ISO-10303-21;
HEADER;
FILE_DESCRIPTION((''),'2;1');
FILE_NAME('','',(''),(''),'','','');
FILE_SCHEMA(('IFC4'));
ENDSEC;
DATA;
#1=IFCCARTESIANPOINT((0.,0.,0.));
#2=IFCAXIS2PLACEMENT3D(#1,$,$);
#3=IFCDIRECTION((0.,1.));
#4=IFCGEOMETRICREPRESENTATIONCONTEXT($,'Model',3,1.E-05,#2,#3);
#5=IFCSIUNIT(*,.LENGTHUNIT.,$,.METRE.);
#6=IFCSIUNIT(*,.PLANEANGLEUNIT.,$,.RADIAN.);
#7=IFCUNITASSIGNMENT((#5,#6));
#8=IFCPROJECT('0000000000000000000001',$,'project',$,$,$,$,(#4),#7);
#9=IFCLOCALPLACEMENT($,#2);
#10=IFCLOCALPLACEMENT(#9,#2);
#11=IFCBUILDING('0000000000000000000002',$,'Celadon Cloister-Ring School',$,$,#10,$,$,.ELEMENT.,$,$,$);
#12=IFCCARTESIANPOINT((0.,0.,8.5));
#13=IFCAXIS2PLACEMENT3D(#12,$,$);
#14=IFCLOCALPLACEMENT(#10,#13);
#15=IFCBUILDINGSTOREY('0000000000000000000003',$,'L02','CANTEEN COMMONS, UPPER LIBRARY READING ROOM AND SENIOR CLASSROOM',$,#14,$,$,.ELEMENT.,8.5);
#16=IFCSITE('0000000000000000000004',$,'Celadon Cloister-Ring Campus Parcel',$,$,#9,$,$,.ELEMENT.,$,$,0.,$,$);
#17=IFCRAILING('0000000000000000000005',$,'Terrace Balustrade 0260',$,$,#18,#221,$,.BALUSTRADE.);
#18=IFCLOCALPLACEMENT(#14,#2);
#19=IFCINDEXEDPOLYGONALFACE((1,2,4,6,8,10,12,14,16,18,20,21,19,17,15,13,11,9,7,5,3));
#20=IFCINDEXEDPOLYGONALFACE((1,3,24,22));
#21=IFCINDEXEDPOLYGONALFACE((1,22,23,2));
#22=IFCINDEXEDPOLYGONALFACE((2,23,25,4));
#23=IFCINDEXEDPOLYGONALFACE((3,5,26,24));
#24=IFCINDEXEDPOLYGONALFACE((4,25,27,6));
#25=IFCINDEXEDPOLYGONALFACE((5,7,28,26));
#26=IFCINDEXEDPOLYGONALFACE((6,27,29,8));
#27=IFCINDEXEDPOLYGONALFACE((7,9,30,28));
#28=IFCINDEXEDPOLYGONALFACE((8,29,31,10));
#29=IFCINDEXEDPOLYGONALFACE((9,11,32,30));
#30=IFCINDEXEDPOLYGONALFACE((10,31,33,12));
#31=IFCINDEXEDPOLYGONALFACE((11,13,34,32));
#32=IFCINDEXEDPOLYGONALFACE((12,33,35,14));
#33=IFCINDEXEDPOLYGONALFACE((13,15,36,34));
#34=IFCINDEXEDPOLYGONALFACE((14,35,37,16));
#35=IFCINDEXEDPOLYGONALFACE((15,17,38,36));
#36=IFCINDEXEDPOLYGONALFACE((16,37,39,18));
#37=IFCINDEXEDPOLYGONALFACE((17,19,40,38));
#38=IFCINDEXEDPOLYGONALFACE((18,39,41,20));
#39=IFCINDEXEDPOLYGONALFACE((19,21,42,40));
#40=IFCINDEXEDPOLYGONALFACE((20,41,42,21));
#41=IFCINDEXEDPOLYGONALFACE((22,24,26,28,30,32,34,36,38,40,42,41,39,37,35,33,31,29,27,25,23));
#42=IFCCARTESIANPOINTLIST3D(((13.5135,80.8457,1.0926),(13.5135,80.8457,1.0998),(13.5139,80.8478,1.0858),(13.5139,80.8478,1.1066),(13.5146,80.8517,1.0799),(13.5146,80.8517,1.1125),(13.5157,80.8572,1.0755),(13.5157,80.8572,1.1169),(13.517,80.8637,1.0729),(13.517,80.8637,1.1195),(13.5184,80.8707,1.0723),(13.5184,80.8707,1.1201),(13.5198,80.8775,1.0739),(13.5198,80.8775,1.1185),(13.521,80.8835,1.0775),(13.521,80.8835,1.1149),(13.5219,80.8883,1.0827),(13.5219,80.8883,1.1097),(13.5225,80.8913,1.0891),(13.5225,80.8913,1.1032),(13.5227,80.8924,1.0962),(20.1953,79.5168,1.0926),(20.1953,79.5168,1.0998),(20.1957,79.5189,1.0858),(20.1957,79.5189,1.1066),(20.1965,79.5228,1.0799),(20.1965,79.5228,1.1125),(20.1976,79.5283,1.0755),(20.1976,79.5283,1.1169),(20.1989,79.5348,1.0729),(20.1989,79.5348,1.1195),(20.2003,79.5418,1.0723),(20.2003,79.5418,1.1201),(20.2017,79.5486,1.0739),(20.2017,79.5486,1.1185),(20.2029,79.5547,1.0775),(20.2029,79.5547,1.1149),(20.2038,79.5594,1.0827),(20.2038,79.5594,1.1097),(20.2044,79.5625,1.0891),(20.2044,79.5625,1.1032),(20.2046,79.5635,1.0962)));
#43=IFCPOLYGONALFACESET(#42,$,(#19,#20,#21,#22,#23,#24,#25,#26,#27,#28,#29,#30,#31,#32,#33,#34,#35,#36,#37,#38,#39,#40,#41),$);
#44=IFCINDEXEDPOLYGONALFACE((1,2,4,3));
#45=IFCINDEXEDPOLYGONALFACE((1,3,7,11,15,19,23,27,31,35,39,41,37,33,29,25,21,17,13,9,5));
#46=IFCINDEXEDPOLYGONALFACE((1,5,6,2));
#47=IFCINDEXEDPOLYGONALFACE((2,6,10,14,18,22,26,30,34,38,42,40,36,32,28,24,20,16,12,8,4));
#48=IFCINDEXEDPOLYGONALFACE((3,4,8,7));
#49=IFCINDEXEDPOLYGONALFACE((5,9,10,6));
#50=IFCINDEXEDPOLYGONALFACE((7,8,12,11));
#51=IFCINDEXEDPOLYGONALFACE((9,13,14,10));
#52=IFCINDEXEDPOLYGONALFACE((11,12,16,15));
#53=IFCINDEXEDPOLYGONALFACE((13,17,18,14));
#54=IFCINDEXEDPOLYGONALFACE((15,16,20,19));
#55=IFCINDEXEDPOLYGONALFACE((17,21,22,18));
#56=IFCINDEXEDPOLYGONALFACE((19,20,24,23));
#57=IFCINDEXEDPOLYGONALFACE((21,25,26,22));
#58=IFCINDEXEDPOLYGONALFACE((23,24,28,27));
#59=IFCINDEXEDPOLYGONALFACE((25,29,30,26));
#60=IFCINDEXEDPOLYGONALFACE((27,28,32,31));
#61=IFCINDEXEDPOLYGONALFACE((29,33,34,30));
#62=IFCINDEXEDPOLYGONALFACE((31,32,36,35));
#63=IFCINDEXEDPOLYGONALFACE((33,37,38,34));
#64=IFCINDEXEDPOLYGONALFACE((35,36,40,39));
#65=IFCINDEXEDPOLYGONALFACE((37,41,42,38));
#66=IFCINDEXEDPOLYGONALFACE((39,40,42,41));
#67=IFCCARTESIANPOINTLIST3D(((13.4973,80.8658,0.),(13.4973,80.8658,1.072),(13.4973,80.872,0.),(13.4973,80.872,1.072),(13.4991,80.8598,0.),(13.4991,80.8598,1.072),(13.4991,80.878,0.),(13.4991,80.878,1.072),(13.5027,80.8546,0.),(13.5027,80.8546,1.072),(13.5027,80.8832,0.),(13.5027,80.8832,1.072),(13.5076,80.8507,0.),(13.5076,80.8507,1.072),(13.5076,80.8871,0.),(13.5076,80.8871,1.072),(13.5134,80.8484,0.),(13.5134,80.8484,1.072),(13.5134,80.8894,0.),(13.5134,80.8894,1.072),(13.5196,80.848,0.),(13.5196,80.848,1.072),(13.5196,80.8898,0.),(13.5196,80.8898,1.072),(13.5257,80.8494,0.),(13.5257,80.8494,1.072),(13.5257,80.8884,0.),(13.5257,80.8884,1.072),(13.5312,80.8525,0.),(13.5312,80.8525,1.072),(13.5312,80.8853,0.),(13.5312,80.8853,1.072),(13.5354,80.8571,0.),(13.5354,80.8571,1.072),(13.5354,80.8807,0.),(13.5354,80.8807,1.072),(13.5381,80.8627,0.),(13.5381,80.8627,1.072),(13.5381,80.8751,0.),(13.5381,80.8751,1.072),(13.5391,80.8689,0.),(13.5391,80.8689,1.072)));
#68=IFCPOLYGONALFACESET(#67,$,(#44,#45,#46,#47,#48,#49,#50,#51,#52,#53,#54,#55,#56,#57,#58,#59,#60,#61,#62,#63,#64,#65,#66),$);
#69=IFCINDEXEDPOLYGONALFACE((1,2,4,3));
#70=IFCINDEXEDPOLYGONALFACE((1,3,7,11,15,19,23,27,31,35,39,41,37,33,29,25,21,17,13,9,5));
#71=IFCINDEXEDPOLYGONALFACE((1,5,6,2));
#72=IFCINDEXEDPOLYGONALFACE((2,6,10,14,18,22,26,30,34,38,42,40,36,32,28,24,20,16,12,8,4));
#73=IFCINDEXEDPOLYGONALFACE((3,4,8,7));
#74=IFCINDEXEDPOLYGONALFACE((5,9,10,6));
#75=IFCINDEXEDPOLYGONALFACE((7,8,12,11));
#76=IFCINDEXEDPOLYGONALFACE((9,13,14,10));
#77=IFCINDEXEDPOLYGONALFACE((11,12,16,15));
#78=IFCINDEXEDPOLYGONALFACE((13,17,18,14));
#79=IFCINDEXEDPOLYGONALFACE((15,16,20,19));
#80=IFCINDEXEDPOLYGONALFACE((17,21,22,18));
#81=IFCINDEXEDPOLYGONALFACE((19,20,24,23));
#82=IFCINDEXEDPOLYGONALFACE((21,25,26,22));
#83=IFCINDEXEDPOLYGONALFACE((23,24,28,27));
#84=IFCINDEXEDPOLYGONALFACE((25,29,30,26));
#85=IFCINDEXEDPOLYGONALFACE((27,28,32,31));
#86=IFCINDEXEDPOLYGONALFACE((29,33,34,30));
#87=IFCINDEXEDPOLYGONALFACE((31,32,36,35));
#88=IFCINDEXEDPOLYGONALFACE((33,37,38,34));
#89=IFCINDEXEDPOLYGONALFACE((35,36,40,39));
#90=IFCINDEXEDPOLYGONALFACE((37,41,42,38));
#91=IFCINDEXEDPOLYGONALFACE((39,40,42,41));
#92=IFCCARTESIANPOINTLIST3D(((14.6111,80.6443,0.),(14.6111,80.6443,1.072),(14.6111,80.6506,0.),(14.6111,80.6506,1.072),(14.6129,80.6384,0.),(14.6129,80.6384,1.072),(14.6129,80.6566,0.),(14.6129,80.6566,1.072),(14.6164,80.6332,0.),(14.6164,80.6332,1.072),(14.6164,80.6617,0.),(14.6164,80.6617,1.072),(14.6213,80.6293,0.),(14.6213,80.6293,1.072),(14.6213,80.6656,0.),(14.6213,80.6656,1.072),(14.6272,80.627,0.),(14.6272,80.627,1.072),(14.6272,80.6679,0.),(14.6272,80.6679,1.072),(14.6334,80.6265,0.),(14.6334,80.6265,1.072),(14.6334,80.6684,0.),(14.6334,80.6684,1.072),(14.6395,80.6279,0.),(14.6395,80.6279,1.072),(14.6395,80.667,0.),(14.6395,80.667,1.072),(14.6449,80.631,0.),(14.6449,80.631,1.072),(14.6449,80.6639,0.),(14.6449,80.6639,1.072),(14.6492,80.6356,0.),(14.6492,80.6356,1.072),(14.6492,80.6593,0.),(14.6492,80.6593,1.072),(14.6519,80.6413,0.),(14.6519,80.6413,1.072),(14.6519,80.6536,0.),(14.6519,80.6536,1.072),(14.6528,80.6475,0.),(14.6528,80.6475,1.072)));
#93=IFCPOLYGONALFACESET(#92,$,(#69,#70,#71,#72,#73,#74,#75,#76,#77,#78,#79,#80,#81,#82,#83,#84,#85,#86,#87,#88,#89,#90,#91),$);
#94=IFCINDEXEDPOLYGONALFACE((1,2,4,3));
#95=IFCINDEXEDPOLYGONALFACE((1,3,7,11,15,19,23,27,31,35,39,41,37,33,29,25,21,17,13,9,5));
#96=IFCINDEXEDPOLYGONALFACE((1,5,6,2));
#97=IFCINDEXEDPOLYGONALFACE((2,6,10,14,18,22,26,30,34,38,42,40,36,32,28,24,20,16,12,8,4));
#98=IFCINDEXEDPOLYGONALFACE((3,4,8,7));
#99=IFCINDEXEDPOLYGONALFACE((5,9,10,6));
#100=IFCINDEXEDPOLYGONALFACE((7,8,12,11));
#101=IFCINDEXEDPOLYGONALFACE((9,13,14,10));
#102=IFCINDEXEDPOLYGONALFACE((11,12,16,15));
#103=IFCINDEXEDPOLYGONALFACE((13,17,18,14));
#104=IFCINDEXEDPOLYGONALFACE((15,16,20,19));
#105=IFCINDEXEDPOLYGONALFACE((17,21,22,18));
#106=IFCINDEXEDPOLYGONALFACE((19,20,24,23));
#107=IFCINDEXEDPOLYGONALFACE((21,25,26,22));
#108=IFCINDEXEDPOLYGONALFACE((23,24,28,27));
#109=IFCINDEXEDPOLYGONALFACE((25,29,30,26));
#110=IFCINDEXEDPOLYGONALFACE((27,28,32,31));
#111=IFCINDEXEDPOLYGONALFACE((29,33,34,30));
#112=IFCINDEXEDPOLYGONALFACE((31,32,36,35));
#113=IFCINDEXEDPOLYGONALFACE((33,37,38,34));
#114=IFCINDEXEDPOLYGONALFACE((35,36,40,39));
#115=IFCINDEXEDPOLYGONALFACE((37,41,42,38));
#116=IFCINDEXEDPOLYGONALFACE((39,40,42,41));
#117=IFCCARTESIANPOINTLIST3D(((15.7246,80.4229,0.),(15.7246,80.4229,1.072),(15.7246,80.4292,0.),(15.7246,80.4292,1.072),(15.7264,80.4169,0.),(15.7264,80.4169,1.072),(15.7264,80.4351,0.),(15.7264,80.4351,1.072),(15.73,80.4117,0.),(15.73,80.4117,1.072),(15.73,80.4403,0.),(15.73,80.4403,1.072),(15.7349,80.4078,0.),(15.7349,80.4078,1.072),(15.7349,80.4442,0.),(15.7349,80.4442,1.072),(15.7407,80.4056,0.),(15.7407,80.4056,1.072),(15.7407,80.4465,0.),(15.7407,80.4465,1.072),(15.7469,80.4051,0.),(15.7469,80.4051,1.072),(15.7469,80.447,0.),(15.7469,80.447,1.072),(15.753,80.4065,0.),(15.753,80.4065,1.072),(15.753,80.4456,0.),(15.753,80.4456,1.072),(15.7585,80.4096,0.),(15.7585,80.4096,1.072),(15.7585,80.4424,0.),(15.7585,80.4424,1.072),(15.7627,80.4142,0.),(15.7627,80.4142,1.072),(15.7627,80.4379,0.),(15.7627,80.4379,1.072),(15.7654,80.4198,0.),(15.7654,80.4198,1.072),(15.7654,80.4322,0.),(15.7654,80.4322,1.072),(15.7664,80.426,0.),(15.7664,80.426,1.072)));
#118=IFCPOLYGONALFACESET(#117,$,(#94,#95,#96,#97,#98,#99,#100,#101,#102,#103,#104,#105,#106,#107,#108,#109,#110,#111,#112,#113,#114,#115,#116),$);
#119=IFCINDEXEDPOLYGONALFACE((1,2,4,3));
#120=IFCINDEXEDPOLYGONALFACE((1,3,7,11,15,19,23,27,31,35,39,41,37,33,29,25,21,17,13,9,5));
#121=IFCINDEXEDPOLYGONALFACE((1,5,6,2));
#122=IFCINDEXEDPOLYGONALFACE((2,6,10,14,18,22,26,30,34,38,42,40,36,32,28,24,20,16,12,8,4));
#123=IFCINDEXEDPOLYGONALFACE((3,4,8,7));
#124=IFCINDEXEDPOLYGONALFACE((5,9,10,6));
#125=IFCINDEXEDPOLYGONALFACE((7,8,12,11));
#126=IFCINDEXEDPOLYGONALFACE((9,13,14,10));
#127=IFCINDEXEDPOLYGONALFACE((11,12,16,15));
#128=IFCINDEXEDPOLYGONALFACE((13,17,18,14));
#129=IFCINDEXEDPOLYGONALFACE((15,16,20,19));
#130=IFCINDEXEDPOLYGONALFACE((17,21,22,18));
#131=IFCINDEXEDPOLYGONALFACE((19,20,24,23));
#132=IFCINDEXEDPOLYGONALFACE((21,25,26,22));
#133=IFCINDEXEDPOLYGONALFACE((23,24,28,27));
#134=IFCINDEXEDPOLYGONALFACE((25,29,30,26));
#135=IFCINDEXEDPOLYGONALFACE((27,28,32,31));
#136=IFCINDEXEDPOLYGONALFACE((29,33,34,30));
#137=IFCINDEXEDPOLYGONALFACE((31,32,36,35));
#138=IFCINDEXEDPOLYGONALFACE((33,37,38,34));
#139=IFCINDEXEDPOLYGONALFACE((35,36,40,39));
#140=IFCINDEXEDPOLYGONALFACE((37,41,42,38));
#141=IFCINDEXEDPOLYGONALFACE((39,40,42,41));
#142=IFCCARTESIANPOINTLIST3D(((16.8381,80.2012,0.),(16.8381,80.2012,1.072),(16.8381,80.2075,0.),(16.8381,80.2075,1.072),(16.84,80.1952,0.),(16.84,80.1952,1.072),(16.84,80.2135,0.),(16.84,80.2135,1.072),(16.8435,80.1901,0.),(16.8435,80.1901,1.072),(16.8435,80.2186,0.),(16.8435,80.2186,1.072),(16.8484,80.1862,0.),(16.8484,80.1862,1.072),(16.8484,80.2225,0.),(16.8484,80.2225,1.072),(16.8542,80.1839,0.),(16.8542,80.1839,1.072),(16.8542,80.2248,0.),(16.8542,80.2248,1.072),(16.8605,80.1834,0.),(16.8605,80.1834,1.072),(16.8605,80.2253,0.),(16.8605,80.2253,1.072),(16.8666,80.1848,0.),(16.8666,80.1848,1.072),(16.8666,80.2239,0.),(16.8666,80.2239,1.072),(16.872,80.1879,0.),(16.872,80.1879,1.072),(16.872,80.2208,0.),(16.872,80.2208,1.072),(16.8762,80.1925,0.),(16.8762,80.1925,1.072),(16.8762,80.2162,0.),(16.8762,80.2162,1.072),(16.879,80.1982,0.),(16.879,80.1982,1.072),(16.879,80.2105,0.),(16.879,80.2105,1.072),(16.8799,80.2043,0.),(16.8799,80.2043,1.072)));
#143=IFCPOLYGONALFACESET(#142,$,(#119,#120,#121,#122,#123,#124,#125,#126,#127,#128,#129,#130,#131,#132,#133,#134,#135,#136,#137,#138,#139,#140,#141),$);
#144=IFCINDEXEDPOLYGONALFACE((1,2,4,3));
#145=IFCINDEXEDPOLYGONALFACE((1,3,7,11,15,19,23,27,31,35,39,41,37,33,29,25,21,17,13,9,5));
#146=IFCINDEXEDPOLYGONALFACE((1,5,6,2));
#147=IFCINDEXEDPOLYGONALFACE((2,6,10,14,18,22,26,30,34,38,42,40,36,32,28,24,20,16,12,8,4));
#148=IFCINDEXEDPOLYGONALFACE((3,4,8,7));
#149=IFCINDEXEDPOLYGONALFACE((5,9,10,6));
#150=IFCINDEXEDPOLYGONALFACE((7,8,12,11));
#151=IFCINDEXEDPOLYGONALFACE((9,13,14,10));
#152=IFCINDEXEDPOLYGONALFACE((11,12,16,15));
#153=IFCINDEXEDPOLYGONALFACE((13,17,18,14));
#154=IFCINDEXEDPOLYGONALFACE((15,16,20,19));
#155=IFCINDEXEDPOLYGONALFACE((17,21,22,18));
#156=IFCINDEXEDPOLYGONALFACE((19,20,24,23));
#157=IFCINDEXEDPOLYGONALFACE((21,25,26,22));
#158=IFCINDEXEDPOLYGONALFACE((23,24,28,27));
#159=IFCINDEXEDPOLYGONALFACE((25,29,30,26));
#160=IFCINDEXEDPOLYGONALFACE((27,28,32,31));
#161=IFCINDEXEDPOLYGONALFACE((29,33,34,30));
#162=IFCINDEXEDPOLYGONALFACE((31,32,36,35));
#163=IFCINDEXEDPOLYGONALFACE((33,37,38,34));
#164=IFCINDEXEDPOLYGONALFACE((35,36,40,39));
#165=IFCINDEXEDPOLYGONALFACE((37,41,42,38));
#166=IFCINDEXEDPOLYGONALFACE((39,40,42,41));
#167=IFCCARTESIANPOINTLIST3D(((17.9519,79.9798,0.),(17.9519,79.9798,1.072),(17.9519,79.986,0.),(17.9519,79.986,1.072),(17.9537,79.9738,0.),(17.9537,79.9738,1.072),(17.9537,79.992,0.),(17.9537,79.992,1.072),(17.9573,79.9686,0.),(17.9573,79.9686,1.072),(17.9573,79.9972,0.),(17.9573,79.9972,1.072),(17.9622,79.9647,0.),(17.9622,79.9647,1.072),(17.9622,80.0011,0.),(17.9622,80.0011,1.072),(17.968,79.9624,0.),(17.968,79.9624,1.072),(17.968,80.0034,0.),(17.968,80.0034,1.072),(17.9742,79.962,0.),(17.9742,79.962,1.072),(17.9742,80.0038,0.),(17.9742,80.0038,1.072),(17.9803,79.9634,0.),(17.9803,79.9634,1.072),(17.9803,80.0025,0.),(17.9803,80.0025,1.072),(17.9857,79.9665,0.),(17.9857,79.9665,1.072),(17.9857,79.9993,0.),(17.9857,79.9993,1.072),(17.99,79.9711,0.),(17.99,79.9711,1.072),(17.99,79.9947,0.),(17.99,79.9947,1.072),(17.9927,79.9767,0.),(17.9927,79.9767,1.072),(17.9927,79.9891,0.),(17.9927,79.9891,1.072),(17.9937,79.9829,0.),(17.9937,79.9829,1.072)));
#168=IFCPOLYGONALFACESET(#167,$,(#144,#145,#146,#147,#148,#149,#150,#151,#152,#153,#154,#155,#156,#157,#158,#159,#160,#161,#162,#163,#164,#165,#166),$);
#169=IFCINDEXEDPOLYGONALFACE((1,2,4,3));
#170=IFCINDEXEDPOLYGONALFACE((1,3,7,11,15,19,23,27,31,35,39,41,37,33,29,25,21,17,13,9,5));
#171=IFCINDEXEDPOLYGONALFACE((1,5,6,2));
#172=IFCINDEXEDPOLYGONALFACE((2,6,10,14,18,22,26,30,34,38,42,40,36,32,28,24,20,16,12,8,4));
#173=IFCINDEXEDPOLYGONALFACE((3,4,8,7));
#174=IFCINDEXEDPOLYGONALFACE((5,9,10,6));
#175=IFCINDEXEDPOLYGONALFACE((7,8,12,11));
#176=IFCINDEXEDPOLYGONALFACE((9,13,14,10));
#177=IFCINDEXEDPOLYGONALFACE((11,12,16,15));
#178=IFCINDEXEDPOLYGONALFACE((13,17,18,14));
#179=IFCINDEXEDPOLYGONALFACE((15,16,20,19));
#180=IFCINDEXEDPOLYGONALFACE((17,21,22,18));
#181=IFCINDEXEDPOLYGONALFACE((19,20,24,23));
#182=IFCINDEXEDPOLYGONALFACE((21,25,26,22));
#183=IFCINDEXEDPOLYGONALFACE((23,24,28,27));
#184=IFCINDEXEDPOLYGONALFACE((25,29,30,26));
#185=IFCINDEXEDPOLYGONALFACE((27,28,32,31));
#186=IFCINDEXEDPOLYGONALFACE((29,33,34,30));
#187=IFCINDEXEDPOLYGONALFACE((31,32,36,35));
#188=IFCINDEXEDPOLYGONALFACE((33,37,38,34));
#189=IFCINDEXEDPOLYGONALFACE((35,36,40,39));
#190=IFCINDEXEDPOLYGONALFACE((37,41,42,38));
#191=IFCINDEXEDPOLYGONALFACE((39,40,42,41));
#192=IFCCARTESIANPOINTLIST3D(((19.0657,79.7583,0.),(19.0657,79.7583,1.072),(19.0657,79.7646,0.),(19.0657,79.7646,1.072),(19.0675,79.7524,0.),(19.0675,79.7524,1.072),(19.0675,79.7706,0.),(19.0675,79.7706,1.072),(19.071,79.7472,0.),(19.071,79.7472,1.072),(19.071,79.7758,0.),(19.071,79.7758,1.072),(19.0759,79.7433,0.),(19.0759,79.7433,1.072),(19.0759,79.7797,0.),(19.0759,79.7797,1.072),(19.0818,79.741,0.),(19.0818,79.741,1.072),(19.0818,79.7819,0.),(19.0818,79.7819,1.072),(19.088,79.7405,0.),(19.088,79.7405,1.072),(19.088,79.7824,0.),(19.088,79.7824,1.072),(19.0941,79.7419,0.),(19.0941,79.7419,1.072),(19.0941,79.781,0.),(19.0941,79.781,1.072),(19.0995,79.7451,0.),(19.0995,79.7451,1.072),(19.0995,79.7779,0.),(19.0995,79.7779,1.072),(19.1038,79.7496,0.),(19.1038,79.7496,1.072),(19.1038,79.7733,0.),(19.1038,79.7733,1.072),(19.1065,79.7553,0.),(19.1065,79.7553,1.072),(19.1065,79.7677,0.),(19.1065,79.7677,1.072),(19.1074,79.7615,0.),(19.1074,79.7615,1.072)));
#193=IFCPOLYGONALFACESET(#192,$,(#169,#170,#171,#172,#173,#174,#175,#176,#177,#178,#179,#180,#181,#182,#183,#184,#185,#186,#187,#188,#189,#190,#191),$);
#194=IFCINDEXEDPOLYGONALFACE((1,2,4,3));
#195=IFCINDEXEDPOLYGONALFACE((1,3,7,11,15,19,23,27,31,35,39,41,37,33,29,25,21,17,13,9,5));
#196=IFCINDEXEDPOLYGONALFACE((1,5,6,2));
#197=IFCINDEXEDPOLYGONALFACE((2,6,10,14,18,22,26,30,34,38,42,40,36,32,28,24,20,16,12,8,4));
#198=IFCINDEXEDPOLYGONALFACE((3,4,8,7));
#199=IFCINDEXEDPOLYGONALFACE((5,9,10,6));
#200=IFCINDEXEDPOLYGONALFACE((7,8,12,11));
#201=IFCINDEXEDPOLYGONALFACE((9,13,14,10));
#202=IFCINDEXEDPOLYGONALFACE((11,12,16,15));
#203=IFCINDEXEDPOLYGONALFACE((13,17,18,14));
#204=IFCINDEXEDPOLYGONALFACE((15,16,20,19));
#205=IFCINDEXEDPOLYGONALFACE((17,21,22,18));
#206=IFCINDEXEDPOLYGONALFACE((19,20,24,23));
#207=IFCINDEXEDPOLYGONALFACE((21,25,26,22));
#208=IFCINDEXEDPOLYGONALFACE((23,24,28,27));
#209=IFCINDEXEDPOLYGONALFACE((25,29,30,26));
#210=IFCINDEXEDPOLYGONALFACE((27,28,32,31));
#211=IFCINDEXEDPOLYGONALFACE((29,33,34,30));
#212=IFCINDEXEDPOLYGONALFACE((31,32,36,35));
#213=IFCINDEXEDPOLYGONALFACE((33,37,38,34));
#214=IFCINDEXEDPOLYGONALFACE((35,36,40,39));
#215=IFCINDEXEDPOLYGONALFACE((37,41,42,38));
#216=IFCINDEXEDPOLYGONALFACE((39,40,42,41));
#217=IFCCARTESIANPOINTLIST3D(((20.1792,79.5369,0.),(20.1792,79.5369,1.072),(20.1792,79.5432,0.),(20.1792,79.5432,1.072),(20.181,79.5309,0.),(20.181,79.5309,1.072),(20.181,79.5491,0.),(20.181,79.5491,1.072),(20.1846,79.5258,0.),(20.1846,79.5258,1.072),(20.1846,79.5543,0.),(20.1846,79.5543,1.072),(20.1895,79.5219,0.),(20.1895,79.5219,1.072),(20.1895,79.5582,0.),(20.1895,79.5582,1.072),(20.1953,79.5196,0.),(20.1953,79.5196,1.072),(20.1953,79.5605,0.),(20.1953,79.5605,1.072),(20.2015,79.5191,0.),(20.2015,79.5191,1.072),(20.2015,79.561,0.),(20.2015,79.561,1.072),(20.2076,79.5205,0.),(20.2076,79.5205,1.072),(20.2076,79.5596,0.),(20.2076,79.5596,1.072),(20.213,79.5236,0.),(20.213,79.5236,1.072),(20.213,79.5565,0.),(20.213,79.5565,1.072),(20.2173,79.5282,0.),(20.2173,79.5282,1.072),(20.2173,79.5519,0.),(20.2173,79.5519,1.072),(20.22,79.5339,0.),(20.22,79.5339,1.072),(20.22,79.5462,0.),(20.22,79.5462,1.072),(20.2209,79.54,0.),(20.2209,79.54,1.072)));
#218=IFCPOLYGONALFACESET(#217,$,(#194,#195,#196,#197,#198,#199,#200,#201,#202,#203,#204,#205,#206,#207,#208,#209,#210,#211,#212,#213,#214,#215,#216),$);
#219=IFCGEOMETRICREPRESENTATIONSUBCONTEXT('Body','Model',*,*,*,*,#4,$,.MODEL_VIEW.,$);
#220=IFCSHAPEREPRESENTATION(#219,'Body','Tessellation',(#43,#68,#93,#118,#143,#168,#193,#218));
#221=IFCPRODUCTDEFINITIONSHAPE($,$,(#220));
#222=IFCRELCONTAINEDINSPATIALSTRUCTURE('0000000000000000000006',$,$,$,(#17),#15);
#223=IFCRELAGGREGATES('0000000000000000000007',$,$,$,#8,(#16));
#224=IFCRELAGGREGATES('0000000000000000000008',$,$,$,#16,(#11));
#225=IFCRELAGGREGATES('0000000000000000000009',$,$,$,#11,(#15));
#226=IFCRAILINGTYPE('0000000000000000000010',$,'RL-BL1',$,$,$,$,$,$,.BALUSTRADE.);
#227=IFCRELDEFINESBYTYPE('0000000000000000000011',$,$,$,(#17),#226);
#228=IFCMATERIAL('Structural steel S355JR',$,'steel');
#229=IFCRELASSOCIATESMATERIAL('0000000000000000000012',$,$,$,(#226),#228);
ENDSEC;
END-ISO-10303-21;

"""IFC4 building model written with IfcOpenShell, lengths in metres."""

from ifc_helpers import new_model, si_unit, direction, frame, origin, origin_2d, place, context, subcontext, project, spatial, circle, extrude, material, type_object, element, save


model = new_model("IFC4")

# Units and contexts
model_context = context("Model", 3, precision=1e-05, world=origin(), true_north=direction((0.0, 1.0)))
body_context = subcontext(model_context, "Body", "Model", "MODEL_VIEW")
ifc_project = project(units=[si_unit("LENGTHUNIT", "METRE"), si_unit("PLANEANGLEUNIT", "RADIAN")], contexts=[model_context])

# Site, building, storey
site_placement = place(None, origin())
site = spatial("IfcSite", under=ifc_project, at=site_placement, Name="Celadon Cloister-Ring Campus Parcel", CompositionType="ELEMENT", RefElevation=0.0)
building_placement = place(site_placement, origin())
building = spatial("IfcBuilding", under=site, at=building_placement, Name="Celadon Cloister-Ring School", CompositionType="ELEMENT")
storey_placement = place(building_placement, frame((0.0, 0.0, 8.5)))
storey = spatial("IfcBuildingStorey", under=building, at=storey_placement, Name="L02", Description="CANTEEN COMMONS, UPPER LIBRARY READING ROOM AND SENIOR CLASSROOM", CompositionType="ELEMENT", Elevation=8.5)

# Railing
ifc_material_1 = material(Name="Structural steel S355JR", Category="steel")
railing_type = type_object("IfcRailingType", Name="RL-BL1", PredefinedType="BALUSTRADE", material=ifc_material_1)
railing_1_placement = place(storey_placement, frame((13.5181, 80.8689, 0.0)))
element("IfcRailing", 1, at=railing_1_placement, inside=storey, type_object=railing_type, Name="Terrace Balustrade 0260", PredefinedType="BALUSTRADE", context=body_context, shape_type="SweptSolid", body=[
    extrude(circle(Radius=0.0239, at=origin_2d()), frame((0.0, 0.0, 1.0962), z_axis=(0.980792, -0.195055, 0.0), x_axis=(0.195055, 0.980792, 0.0)), (0.0, 0.0, 1.0), 6.8127),
    extrude(circle(Radius=0.021, at=origin_2d()), origin(), (0.0, 0.0, 1.0), 1.072),
    extrude(circle(Radius=0.021, at=origin_2d()), frame((1.1138, -0.2214, 0.0)), (0.0, 0.0, 1.0), 1.072),
    extrude(circle(Radius=0.021, at=origin_2d()), frame((2.2273, -0.4429, 0.0)), (0.0, 0.0, 1.0), 1.072),
    extrude(circle(Radius=0.021, at=origin_2d()), frame((3.3408, -0.6646, 0.0)), (0.0, 0.0, 1.0), 1.072),
    extrude(circle(Radius=0.021, at=origin_2d()), frame((4.4546, -0.886, 0.0)), (0.0, 0.0, 1.0), 1.072),
    extrude(circle(Radius=0.021, at=origin_2d()), frame((5.5684, -1.1074, 0.0)), (0.0, 0.0, 1.0), 1.072),
    extrude(circle(Radius=0.021, at=origin_2d()), frame((6.6819, -1.3289, 0.0)), (0.0, 0.0, 1.0), 1.072),
])

save(model, "model.ifc")
